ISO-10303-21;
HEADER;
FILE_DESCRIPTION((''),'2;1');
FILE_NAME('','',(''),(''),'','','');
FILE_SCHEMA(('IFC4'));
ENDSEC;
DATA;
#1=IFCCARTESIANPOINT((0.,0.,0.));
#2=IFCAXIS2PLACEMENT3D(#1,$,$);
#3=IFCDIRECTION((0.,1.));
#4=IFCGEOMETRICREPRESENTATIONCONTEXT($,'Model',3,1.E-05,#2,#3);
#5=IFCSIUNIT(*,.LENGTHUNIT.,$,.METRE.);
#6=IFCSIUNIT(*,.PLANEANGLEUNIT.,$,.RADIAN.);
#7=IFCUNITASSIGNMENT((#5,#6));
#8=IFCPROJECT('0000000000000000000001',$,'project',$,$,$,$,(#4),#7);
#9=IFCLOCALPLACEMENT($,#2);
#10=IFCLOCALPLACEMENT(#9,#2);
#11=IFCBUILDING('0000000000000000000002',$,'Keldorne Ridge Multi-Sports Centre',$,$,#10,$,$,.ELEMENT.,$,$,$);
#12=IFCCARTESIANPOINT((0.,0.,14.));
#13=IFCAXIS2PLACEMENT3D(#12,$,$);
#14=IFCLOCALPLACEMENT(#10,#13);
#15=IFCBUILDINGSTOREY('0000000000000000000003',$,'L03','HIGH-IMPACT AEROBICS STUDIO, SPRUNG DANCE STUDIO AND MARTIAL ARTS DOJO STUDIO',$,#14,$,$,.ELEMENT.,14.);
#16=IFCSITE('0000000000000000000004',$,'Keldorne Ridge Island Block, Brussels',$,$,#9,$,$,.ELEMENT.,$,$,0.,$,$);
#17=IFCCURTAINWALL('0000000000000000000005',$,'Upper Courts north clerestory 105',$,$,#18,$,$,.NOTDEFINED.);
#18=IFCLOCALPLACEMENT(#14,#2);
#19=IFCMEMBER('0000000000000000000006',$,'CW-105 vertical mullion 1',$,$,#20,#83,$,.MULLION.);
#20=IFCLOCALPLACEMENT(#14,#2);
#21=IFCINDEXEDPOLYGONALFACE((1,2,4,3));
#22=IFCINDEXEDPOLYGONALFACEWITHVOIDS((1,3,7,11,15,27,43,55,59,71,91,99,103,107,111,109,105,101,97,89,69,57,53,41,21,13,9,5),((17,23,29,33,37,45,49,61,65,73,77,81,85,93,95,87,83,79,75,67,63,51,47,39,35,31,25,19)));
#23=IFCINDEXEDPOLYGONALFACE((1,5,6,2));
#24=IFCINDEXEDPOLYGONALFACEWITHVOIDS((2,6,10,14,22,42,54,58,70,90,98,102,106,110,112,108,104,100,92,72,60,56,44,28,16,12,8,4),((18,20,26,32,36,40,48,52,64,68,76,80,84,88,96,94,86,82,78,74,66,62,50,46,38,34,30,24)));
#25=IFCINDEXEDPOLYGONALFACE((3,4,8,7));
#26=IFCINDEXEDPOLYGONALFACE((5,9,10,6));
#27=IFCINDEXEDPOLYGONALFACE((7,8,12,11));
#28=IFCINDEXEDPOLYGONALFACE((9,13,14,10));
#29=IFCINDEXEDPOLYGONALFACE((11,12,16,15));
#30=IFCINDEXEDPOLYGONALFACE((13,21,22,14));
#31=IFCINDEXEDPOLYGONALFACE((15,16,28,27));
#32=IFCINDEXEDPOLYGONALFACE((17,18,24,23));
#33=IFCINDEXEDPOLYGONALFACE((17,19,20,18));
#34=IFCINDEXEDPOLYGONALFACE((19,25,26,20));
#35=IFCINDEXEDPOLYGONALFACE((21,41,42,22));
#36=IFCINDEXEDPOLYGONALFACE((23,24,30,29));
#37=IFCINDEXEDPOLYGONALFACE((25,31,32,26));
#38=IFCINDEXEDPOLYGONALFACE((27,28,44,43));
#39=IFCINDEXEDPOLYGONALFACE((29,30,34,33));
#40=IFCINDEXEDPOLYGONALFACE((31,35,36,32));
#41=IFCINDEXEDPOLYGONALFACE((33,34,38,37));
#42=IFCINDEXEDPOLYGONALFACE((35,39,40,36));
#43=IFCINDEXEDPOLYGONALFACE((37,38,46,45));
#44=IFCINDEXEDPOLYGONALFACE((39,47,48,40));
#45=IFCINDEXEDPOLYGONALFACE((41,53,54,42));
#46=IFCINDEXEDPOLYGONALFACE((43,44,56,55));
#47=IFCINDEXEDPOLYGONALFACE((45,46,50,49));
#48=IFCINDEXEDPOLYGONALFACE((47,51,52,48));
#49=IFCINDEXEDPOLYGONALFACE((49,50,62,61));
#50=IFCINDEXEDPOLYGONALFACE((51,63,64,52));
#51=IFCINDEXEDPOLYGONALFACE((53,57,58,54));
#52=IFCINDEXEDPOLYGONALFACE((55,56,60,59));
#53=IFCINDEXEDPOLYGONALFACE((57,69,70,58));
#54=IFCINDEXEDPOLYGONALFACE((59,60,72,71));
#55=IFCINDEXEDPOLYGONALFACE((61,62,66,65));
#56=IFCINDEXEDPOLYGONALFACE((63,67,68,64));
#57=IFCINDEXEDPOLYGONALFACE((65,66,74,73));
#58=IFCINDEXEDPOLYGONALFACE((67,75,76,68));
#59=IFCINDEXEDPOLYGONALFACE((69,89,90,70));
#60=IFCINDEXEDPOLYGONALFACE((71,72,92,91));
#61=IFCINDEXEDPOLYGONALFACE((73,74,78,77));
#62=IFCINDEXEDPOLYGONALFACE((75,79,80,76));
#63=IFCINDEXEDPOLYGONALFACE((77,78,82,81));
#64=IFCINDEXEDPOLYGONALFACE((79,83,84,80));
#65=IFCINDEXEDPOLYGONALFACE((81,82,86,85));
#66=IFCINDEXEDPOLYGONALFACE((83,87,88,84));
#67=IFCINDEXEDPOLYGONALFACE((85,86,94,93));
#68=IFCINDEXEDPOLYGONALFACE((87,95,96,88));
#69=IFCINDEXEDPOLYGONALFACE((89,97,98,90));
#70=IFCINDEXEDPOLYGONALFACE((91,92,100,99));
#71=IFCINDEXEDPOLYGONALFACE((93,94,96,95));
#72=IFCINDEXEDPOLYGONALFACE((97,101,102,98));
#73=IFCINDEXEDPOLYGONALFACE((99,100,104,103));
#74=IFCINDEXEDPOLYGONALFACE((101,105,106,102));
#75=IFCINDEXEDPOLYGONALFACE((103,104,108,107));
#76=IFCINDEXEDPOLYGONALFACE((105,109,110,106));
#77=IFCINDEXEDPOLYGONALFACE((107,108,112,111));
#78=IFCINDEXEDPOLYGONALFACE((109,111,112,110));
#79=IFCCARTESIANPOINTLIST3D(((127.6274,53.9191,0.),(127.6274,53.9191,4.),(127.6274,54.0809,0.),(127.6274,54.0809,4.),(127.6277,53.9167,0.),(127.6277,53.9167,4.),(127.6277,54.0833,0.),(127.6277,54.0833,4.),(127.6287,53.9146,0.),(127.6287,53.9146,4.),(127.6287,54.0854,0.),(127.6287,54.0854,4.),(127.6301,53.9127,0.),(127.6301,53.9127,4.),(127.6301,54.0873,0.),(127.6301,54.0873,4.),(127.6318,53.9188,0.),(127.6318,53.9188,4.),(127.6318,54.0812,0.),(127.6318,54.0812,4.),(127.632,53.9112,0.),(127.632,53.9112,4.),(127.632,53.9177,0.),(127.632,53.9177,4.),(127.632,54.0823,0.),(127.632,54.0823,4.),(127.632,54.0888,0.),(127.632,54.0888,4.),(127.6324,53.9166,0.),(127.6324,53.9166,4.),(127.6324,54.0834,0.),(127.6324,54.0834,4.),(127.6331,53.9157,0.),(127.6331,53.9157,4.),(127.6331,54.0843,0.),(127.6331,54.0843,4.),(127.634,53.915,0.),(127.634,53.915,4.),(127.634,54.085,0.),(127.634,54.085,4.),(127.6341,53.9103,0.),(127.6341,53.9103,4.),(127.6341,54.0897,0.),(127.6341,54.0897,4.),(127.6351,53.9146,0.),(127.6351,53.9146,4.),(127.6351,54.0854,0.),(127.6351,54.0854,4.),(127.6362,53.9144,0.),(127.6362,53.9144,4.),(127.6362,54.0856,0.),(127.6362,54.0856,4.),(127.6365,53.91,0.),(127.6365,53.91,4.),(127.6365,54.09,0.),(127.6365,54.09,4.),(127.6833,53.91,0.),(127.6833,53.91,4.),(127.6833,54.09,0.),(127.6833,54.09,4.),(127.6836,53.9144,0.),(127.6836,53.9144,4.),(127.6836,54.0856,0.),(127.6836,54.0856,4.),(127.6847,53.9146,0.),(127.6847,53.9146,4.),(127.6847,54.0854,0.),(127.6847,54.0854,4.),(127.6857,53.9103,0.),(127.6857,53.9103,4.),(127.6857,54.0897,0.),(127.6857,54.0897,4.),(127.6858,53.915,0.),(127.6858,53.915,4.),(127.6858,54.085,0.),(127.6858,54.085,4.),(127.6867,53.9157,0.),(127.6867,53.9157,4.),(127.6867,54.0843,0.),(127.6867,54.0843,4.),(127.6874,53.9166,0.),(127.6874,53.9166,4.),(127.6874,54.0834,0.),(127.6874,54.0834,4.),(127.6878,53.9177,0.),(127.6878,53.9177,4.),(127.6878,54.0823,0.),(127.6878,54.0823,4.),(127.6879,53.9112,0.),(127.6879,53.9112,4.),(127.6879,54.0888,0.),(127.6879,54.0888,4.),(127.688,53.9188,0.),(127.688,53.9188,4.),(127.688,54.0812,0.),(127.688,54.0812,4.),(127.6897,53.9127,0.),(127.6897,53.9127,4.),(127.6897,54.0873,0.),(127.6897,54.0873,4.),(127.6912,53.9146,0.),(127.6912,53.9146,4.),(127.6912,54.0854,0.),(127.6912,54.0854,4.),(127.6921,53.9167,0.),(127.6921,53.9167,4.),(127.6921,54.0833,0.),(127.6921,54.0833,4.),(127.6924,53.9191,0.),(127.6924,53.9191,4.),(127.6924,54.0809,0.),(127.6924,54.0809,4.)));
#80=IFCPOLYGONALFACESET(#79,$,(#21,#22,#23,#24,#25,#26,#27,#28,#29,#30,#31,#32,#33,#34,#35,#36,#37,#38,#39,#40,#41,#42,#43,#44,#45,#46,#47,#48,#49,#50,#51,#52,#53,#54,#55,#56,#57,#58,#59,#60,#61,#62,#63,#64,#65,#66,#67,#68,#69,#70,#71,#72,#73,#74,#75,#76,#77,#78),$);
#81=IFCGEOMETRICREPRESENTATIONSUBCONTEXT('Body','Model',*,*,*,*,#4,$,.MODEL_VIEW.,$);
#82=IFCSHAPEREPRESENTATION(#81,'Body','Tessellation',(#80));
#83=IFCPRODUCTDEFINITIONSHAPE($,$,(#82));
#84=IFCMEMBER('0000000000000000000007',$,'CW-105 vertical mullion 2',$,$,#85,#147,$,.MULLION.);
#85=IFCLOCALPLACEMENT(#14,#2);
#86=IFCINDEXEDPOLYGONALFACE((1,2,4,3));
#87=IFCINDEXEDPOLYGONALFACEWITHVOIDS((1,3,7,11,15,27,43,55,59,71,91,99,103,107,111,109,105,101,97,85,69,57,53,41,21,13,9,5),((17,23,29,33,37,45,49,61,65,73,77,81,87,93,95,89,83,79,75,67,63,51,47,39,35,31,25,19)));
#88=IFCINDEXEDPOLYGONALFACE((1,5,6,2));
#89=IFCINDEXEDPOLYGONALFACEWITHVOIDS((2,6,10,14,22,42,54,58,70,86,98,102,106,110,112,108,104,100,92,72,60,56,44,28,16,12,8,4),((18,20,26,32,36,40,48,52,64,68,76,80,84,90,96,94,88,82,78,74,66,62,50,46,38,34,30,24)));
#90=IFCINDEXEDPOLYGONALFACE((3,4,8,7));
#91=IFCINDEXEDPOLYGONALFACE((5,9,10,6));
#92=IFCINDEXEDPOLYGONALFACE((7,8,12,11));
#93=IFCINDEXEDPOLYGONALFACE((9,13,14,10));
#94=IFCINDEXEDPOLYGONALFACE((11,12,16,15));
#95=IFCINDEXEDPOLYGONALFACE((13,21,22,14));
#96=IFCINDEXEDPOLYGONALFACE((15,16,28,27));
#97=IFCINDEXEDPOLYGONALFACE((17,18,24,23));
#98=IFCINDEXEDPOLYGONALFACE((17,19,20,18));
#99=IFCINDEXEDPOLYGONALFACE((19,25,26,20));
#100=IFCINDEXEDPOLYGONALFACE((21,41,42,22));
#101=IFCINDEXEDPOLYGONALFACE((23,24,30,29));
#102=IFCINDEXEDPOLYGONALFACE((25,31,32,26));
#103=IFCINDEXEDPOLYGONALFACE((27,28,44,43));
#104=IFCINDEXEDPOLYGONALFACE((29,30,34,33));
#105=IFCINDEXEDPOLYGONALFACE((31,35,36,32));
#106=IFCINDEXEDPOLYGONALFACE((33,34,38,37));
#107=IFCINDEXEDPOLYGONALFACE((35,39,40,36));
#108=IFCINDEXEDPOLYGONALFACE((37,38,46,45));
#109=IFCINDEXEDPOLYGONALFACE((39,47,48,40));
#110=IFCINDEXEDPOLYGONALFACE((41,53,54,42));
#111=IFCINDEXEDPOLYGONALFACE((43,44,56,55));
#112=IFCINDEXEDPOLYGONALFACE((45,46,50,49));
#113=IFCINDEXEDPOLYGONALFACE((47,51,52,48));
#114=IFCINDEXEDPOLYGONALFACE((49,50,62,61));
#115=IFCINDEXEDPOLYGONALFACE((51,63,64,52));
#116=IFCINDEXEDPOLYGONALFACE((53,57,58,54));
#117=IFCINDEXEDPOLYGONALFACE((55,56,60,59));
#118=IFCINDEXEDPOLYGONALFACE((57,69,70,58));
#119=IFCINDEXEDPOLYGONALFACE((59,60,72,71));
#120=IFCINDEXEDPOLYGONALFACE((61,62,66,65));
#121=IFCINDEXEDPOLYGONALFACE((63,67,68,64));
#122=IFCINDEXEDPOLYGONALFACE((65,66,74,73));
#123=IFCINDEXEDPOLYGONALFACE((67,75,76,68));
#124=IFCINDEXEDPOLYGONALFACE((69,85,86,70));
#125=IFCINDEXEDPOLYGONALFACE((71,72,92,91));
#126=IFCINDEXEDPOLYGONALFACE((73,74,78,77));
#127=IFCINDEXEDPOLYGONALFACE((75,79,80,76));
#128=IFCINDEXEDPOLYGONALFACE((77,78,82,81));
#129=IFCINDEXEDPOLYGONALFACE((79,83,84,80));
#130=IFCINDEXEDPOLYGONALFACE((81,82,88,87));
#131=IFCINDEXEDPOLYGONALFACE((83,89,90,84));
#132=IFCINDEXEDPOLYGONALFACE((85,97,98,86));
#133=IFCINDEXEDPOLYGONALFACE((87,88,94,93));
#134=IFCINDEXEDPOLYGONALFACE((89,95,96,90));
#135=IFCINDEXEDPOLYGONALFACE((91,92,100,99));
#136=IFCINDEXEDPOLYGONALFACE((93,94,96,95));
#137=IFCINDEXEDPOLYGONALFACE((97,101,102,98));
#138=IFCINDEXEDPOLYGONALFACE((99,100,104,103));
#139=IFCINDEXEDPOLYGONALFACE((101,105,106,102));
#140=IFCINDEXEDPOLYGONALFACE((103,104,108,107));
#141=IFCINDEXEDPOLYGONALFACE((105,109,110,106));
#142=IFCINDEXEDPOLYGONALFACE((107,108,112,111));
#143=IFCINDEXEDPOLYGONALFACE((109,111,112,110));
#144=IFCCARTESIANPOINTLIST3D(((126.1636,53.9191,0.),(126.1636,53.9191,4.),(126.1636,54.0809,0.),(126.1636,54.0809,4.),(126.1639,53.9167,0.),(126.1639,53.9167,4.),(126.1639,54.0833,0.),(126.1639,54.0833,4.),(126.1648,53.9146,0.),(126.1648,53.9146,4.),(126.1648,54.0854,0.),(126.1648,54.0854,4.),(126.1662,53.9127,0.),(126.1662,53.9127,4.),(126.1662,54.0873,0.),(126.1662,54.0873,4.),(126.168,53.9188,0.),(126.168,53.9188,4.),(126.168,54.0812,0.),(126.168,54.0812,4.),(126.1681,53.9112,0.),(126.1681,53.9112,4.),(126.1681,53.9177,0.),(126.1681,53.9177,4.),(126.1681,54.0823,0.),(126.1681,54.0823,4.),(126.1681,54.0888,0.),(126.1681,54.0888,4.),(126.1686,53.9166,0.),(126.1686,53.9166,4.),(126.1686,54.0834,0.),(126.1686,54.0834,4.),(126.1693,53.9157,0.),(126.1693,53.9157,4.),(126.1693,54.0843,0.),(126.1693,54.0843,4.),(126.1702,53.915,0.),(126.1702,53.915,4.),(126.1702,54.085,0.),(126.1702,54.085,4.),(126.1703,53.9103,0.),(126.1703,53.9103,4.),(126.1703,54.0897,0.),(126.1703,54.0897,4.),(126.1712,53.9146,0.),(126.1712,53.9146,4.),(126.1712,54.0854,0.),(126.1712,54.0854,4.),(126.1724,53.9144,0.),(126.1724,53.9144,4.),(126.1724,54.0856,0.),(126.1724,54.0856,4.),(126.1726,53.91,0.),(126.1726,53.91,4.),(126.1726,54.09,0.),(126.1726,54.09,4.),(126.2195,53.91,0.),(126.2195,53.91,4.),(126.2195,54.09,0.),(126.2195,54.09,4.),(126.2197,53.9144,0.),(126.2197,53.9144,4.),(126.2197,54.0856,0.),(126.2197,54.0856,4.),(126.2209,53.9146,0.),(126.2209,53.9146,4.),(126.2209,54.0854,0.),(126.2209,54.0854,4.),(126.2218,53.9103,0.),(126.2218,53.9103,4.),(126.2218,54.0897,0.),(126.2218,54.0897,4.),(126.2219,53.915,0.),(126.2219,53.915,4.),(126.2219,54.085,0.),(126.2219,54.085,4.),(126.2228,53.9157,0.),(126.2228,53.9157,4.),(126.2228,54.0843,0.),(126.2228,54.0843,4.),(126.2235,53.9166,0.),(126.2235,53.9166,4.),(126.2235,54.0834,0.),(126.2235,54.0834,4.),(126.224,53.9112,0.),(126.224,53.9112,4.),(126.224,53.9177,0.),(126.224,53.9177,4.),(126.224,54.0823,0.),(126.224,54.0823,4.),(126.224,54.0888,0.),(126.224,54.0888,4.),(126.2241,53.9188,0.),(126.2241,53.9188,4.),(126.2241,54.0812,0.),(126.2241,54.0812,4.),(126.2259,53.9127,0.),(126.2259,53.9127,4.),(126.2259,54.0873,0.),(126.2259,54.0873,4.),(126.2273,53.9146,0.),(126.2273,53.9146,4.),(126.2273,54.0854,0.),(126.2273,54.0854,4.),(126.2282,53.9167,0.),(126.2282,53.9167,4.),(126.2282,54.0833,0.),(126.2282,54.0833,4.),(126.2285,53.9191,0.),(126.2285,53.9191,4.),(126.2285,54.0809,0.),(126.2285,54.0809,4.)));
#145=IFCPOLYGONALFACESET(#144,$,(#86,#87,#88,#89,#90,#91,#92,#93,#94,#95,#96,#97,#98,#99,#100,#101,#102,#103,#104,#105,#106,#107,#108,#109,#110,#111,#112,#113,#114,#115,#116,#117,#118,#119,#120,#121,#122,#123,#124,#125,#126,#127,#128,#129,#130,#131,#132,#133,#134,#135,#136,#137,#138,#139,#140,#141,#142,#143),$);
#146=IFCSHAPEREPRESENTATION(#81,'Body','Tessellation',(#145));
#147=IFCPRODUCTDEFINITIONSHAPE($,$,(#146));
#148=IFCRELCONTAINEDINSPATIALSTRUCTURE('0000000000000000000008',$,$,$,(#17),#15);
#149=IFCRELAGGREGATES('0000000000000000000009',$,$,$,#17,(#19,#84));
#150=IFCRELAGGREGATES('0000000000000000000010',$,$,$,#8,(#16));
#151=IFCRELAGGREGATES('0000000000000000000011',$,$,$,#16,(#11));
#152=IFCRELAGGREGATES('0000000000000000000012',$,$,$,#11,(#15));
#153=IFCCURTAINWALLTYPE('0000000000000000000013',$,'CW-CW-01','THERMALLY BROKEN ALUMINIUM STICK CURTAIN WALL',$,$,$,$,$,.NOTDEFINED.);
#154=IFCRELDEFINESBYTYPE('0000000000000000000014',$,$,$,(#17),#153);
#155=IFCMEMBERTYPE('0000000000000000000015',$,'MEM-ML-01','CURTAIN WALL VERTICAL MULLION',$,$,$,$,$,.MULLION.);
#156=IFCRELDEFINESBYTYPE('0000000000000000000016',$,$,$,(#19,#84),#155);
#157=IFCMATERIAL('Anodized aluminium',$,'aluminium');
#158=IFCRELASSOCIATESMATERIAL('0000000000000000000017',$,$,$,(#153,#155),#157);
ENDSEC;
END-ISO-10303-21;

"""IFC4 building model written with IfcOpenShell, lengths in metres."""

from ifc_helpers import new_model, si_unit, direction, frame, origin, origin_2d, place, context, subcontext, project, spatial, hollow_rectangle, extrude, material, material_profile, profile_set, type_object, element, aggregate, save


model = new_model("IFC4")

# Units and contexts
model_context = context("Model", 3, precision=1e-05, world=origin(), true_north=direction((0.0, 1.0)))
body_context = subcontext(model_context, "Body", "Model", "MODEL_VIEW")
ifc_project = project(units=[si_unit("LENGTHUNIT", "METRE"), si_unit("PLANEANGLEUNIT", "RADIAN")], contexts=[model_context])

# Site, building, storey
site_placement = place(None, origin())
site = spatial("IfcSite", under=ifc_project, at=site_placement, Name="Keldorne Ridge Island Block, Brussels", CompositionType="ELEMENT", RefElevation=0.0)
building_placement = place(site_placement, origin())
building = spatial("IfcBuilding", under=site, at=building_placement, Name="Keldorne Ridge Multi-Sports Centre", CompositionType="ELEMENT")
storey_placement = place(building_placement, frame((0.0, 0.0, 14.0)))
storey = spatial("IfcBuildingStorey", under=building, at=storey_placement, Name="L03", Description="HIGH-IMPACT AEROBICS STUDIO, SPRUNG DANCE STUDIO AND MARTIAL ARTS DOJO STUDIO", CompositionType="ELEMENT", Elevation=14.0)

# Curtain wall, members
ifc_material_1 = material(Name="Anodized aluminium", Category="aluminium")
curtain_wall_type = type_object("IfcCurtainWallType", Name="CW-CW-01", Description="THERMALLY BROKEN ALUMINIUM STICK CURTAIN WALL", PredefinedType="NOTDEFINED", material=ifc_material_1)
curtain_wall_placement = place(storey_placement, origin())
curtain_wall = element("IfcCurtainWall", 1, at=curtain_wall_placement, inside=storey, type_object=curtain_wall_type, Name="Upper Courts north clerestory 105", PredefinedType="NOTDEFINED")
ifc_material_profile_1 = material_profile(ifc_material_1, hollow_rectangle(XDim=0.0649, YDim=0.1799, WallThickness=0.0044, InnerFilletRadius=0.0044, OuterFilletRadius=0.009, at=origin_2d()), Name="ALU MULLION 180x65x4.5")
ifc_profile_set_1 = profile_set([ifc_material_profile_1], Name="Anodized aluminium")
member_type_1 = type_object("IfcMemberType", Name="MEM-ML-01", Description="CURTAIN WALL VERTICAL MULLION", PredefinedType="MULLION", material=ifc_profile_set_1)
member_1_placement = place(storey_placement, frame((127.6599, 54.0, 0.0), z_axis=(0.0, 0.0, 1.0), x_axis=(1.0, 0.0, 0.0)))
member_1 = element("IfcMember", 2, at=member_1_placement, type_object=member_type_1, Name="CW-105 vertical mullion 1", PredefinedType="MULLION", context=body_context, shape_type="SweptSolid", body=[
    extrude(hollow_rectangle(XDim=0.0649, YDim=0.1799, WallThickness=0.0044, InnerFilletRadius=0.0044, OuterFilletRadius=0.009, at=origin_2d()), origin(), (0.0, 0.0, 1.0), 4.0),
])
member_2_placement = place(storey_placement, frame((126.196, 54.0, 0.0), z_axis=(0.0, 0.0, 1.0), x_axis=(1.0, 0.0, 0.0)))
member_2 = element("IfcMember", 3, at=member_2_placement, type_object=member_type_1, Name="CW-105 vertical mullion 2", PredefinedType="MULLION", context=body_context, shape_type="SweptSolid", body=[
    extrude(hollow_rectangle(XDim=0.0649, YDim=0.1799, WallThickness=0.0044, InnerFilletRadius=0.0044, OuterFilletRadius=0.009, at=origin_2d()), origin(), (0.0, 0.0, 1.0), 4.0),
])
aggregate(curtain_wall, [member_1, member_2])

save(model, "model.ifc")
